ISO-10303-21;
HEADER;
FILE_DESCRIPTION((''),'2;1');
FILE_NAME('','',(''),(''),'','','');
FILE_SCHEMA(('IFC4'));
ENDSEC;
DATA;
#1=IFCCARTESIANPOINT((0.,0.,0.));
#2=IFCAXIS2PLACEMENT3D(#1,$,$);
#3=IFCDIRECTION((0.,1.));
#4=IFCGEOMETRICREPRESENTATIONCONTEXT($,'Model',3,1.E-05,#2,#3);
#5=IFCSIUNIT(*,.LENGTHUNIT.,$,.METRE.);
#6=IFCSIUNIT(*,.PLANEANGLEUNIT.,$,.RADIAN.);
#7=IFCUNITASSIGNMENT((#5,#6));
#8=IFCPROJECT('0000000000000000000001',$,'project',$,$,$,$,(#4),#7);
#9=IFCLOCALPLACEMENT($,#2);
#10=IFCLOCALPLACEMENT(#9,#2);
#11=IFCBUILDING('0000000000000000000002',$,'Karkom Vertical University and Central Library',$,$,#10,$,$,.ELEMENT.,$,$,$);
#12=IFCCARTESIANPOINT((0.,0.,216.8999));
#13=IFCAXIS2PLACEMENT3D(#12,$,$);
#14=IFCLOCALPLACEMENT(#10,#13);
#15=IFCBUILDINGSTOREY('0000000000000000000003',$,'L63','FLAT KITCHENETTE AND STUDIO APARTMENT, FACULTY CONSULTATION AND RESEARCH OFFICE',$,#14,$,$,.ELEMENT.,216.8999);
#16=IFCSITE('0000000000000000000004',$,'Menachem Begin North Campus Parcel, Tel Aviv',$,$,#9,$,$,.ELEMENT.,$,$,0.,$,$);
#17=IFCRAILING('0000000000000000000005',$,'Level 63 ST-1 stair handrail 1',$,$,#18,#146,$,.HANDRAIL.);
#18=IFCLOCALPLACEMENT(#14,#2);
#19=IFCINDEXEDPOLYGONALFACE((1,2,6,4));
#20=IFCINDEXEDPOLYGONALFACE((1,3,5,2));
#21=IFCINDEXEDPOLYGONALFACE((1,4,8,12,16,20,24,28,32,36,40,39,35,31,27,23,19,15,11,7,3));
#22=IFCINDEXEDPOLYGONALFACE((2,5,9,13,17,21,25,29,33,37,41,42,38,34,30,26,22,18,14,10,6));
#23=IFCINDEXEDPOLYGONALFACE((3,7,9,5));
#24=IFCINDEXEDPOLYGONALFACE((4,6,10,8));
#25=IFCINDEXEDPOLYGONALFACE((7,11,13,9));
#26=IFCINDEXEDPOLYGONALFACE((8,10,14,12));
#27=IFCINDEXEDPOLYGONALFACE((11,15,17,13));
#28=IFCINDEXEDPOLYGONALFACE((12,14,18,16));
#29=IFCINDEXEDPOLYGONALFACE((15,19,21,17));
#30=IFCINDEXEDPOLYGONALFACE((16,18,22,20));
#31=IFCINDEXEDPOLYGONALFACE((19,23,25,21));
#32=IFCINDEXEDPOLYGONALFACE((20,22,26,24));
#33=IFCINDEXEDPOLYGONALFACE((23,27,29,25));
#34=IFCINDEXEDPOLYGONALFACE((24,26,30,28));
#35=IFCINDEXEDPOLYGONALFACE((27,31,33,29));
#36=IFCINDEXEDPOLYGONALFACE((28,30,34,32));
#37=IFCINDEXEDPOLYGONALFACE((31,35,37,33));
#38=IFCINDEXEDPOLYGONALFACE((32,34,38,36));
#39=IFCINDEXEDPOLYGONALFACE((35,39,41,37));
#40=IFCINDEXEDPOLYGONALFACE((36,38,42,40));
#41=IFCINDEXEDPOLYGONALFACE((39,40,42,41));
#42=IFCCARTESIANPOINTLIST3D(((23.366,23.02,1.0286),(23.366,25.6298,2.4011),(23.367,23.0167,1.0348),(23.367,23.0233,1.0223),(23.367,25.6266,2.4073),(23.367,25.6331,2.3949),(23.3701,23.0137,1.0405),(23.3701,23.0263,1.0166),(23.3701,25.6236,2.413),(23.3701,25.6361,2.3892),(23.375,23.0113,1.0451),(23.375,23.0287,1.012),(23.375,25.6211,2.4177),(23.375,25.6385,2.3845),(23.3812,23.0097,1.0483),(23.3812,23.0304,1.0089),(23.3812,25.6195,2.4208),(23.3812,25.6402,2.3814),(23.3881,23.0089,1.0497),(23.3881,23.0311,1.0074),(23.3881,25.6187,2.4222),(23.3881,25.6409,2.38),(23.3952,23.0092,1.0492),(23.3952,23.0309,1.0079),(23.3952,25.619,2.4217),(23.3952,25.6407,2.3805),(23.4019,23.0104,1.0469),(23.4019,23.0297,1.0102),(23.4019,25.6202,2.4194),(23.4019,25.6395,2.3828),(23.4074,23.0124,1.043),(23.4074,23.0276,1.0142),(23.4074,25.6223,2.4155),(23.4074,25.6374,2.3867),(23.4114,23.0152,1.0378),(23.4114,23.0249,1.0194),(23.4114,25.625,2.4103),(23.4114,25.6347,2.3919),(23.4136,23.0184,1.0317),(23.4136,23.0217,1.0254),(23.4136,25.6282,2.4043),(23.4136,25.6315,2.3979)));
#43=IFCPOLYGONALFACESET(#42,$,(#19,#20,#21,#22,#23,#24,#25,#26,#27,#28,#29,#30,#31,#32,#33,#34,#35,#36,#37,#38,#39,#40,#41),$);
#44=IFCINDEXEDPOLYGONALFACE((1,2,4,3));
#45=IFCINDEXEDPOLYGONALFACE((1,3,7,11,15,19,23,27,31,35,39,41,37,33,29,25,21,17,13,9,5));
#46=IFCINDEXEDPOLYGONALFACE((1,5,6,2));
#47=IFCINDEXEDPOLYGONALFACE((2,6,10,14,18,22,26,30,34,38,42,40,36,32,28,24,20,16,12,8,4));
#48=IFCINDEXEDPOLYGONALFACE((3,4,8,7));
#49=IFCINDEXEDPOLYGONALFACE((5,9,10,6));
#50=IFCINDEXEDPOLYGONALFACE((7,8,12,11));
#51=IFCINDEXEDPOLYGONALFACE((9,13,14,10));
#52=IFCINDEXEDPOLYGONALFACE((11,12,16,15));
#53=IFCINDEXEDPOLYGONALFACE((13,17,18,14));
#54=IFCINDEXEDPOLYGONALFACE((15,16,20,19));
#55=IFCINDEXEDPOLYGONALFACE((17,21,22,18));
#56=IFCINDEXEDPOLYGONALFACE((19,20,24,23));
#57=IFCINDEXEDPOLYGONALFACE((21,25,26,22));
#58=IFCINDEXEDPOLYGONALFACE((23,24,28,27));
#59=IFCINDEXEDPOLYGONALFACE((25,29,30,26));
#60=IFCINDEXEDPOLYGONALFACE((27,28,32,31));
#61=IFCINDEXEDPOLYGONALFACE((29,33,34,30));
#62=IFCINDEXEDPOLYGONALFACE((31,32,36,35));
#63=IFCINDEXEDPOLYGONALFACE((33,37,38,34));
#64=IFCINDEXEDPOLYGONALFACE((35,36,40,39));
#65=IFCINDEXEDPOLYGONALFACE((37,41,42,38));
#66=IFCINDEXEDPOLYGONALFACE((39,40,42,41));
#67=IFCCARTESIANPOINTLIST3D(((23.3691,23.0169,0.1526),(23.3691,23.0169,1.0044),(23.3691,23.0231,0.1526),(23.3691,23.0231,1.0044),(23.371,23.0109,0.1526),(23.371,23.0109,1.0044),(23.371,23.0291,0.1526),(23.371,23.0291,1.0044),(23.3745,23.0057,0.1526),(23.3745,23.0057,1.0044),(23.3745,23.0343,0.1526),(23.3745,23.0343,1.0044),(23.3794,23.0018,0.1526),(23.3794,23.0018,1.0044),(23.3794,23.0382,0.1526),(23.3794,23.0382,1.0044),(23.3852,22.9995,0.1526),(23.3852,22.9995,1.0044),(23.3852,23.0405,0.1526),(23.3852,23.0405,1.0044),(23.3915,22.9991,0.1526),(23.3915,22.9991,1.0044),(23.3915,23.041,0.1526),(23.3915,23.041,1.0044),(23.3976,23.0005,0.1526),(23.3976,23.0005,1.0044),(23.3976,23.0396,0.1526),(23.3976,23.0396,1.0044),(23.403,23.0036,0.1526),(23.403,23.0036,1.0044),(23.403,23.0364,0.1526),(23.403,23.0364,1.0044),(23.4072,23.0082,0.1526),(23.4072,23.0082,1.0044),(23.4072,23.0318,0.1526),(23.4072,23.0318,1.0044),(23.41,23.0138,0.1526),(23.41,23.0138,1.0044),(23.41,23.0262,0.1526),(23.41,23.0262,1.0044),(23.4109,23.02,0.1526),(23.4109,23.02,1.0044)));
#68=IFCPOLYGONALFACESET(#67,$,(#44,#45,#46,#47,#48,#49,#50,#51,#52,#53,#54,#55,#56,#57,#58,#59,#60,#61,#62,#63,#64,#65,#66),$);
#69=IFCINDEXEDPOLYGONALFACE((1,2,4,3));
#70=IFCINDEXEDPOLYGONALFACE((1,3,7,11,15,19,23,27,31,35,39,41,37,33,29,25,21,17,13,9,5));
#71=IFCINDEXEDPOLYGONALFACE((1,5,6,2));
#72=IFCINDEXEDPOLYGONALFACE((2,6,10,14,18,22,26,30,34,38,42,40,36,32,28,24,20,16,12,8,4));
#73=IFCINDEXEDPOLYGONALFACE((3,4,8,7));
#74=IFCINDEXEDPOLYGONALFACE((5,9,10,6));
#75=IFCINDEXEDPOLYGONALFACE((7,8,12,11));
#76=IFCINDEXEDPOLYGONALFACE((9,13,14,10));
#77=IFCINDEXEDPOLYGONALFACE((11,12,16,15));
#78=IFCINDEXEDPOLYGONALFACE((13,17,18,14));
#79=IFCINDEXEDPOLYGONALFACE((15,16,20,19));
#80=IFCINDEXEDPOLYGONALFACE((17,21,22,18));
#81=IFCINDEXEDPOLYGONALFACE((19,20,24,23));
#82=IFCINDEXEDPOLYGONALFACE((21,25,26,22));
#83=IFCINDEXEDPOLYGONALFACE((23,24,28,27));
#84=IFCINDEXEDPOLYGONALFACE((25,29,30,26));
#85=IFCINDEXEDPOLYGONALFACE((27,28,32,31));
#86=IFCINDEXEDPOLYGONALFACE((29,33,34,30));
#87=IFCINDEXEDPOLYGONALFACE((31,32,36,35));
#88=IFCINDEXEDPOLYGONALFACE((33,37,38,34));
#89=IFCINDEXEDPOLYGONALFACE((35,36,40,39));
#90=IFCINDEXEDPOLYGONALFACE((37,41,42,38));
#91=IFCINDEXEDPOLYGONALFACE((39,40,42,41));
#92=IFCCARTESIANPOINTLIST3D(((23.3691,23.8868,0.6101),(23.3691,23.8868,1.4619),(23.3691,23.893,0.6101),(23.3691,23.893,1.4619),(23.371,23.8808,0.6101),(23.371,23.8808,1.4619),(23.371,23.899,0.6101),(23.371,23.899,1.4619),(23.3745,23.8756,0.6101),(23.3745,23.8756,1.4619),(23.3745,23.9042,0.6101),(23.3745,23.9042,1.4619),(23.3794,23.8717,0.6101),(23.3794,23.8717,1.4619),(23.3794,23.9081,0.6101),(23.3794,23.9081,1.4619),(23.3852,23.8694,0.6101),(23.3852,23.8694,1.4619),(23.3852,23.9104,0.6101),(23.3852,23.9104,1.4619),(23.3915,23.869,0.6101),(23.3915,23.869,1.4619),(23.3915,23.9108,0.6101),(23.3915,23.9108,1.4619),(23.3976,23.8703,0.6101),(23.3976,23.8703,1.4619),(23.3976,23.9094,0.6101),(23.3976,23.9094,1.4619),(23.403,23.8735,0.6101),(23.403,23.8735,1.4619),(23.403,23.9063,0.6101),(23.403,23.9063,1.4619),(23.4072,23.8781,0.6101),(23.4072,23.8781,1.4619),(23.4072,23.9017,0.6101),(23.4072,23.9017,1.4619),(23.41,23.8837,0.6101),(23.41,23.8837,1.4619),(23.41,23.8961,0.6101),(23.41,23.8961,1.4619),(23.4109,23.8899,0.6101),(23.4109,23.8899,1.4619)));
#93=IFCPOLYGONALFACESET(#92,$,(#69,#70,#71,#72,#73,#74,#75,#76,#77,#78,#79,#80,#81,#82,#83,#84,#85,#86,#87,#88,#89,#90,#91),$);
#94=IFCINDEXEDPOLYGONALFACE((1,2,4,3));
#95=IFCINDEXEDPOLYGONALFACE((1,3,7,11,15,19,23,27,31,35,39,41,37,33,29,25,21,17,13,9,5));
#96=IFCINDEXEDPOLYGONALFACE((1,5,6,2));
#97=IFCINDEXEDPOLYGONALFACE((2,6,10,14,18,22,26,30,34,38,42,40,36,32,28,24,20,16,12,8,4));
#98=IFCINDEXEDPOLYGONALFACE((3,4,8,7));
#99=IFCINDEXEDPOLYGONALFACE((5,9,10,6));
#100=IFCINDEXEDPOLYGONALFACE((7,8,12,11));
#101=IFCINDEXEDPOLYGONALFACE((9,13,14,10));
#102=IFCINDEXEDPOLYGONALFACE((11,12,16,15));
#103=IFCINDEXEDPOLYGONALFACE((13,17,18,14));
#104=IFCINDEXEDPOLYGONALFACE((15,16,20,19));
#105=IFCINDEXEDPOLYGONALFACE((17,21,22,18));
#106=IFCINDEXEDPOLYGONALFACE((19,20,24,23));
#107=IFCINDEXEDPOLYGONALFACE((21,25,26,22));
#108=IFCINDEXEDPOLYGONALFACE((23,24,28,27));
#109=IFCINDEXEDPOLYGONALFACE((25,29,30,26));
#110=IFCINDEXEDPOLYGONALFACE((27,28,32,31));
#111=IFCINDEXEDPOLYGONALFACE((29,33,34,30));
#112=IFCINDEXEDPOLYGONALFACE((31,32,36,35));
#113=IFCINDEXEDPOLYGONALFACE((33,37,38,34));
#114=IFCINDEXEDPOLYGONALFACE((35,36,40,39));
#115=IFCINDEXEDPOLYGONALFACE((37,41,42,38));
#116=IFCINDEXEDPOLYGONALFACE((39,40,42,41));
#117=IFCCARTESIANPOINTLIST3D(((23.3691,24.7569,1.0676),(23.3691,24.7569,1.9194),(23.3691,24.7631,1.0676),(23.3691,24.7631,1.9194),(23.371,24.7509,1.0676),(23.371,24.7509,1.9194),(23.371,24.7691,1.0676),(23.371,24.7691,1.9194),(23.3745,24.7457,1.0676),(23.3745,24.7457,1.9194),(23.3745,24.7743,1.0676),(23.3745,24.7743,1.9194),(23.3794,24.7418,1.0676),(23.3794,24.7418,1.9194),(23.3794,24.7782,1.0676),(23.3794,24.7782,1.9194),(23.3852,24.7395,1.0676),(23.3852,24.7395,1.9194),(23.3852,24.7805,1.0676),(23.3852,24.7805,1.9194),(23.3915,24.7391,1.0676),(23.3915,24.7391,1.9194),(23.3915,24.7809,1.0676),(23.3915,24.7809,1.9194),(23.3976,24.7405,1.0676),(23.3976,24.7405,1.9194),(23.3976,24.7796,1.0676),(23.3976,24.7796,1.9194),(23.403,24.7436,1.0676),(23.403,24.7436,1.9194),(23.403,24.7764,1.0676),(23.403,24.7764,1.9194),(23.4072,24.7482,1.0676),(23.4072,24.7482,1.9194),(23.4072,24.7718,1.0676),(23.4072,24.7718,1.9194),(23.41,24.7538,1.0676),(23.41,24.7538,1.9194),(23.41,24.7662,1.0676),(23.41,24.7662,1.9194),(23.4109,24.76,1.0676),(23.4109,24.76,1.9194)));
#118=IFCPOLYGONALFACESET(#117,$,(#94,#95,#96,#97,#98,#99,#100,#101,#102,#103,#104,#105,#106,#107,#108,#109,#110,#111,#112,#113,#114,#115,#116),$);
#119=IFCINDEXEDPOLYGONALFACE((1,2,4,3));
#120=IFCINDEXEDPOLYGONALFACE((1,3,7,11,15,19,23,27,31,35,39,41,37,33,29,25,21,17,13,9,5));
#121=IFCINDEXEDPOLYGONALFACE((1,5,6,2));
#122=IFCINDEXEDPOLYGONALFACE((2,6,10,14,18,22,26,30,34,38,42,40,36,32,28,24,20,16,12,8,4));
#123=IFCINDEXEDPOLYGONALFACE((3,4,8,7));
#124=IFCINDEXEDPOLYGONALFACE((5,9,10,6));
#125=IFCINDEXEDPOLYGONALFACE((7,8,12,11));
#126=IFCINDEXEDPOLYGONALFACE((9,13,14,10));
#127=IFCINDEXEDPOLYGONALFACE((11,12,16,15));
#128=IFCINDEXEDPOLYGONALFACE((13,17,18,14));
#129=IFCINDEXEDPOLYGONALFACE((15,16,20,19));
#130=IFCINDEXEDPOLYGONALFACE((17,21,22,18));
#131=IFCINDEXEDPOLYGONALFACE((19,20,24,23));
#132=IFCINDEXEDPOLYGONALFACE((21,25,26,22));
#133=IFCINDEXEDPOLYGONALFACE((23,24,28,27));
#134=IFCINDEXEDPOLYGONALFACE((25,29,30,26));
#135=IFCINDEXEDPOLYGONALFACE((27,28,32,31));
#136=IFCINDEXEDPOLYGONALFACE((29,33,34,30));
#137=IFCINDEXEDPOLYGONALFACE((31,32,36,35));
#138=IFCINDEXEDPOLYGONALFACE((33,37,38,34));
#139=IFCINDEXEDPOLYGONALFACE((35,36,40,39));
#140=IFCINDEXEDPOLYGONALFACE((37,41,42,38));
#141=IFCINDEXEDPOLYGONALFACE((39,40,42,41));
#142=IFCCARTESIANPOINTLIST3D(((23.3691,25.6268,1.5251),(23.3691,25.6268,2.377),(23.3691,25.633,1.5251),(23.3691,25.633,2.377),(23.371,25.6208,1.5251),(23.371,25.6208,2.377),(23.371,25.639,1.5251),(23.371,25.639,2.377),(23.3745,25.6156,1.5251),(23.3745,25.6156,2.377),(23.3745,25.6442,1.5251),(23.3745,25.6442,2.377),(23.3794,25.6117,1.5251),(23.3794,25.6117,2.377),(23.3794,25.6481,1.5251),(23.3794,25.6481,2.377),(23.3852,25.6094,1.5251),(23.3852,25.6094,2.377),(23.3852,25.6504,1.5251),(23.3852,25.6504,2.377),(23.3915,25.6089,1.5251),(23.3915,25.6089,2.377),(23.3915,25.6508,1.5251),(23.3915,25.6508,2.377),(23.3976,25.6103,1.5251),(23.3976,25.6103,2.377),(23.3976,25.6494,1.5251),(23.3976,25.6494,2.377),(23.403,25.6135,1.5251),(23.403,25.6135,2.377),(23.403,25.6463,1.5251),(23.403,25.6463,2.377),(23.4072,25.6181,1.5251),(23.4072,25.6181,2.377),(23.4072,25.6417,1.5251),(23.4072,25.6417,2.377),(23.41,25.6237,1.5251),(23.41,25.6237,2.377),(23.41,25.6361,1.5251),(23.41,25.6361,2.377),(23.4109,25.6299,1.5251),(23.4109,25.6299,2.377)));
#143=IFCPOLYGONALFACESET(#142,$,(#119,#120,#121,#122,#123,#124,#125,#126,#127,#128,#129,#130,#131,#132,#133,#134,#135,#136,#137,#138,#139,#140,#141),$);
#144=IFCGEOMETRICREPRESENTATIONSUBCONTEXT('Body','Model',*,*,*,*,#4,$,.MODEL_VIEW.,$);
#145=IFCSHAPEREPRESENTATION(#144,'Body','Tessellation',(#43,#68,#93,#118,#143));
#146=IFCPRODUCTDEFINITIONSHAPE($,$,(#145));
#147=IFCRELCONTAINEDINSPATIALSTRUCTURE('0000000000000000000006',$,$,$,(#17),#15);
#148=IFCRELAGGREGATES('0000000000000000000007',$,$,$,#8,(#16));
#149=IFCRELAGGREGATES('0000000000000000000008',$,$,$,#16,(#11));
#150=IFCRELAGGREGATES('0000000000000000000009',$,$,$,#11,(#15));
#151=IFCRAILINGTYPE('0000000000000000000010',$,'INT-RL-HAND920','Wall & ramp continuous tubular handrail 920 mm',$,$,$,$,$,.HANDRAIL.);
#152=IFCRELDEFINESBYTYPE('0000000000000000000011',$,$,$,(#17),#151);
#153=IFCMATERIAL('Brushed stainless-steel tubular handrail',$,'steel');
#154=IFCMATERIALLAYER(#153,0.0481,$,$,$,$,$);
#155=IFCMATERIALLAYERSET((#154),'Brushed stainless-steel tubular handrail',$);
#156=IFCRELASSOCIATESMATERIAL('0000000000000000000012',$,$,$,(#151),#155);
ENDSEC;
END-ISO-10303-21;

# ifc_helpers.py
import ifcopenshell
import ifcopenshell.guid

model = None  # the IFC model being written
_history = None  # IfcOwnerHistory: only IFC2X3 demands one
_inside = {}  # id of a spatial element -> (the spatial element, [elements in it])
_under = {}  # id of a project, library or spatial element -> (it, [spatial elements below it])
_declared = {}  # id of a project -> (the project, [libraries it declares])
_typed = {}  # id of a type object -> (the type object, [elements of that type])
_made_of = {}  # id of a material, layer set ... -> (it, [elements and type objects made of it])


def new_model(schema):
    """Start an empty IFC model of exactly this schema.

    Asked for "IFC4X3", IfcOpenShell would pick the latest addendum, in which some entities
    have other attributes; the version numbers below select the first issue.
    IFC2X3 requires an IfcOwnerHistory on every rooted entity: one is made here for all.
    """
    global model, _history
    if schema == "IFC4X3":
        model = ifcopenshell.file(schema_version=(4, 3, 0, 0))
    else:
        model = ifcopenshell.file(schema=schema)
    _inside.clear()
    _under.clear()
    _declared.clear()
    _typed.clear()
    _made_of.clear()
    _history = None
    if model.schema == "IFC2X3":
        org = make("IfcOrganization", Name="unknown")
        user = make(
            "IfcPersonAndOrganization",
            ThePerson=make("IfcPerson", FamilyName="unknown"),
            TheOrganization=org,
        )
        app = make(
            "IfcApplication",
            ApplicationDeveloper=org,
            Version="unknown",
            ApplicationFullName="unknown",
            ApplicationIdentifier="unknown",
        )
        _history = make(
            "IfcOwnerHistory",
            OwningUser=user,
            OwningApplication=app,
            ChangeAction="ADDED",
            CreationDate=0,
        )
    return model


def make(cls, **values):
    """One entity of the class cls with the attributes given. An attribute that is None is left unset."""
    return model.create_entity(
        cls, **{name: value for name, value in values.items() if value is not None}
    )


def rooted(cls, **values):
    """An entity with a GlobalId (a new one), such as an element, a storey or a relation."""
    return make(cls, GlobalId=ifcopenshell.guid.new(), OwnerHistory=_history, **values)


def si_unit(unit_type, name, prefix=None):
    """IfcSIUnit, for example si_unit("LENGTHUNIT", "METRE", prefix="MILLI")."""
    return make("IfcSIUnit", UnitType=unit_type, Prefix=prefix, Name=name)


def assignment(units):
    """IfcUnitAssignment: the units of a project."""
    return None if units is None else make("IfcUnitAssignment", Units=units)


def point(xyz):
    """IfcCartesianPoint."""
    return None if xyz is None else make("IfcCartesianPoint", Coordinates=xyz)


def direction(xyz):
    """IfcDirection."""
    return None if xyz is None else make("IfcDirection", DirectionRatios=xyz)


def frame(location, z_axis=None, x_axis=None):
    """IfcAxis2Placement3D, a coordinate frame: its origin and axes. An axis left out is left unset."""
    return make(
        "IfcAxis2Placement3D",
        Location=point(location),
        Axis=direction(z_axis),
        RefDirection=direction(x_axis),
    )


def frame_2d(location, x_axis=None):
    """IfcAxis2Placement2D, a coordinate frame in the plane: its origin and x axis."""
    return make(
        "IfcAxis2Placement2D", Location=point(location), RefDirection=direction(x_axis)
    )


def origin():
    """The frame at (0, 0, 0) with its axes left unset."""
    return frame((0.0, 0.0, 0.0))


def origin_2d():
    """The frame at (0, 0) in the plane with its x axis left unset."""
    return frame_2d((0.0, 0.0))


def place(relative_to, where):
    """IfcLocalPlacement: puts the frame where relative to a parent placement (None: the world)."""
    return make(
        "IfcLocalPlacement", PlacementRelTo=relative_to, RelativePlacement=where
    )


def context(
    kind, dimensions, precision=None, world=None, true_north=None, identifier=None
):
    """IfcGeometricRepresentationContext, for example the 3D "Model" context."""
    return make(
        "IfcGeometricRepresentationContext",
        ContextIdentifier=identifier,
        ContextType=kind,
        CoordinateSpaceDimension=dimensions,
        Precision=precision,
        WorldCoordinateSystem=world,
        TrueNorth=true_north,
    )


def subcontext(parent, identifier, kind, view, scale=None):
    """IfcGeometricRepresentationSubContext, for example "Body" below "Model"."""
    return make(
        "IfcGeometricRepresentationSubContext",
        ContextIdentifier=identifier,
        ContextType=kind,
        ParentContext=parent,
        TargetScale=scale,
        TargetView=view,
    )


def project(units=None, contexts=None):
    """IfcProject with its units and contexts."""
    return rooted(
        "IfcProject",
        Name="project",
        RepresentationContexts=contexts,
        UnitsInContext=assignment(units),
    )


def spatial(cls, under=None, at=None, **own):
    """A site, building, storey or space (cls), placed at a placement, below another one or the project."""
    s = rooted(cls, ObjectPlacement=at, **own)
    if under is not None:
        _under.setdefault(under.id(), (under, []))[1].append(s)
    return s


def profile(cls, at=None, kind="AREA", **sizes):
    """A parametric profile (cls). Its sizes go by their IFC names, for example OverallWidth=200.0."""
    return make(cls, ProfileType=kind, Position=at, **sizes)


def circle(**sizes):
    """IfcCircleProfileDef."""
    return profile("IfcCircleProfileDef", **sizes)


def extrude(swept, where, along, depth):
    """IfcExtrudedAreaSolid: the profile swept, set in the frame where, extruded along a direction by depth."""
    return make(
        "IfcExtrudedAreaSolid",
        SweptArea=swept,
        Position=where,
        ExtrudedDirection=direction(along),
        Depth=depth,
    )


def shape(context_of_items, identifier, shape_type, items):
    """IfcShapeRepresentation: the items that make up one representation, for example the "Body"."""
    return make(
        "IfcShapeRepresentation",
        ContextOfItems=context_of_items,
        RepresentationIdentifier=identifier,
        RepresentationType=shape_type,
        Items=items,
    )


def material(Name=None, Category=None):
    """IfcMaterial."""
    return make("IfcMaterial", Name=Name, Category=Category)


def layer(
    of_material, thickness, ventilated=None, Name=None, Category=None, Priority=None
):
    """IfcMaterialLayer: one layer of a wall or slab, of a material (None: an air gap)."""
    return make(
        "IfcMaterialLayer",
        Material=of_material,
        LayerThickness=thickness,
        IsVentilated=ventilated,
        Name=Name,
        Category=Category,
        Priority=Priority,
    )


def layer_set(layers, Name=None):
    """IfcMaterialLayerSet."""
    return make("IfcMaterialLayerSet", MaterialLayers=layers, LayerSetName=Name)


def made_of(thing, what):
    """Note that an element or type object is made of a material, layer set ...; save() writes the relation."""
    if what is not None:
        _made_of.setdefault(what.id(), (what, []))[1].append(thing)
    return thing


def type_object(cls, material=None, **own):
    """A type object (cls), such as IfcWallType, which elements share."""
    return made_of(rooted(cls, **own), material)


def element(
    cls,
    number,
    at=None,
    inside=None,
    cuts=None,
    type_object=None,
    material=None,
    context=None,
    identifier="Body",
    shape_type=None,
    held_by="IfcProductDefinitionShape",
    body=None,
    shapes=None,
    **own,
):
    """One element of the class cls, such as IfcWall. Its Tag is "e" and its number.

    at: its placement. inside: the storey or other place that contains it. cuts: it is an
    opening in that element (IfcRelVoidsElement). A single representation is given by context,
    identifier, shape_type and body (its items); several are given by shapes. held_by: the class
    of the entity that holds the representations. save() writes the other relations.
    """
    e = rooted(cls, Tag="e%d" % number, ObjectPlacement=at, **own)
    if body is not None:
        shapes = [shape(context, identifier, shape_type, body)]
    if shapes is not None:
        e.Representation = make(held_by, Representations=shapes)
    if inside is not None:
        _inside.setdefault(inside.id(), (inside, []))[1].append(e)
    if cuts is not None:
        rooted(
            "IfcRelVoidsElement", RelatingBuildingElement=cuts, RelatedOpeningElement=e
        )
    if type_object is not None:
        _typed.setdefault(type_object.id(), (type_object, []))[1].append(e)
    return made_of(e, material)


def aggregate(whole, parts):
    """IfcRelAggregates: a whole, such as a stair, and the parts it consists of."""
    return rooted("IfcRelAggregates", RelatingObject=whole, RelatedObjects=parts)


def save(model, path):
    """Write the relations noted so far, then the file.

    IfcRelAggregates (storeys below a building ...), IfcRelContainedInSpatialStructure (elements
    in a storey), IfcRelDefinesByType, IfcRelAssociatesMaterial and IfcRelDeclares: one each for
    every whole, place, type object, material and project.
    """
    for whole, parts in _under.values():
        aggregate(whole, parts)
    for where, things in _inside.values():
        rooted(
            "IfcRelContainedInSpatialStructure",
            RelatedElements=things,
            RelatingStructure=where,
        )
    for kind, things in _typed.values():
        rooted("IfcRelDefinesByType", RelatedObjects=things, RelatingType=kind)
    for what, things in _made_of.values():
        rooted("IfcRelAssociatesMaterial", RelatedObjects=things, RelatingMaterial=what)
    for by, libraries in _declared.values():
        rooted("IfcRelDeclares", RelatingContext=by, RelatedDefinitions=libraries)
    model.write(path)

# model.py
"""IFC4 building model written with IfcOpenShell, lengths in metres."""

from ifc_helpers import new_model, si_unit, direction, frame, origin, origin_2d, place, context, subcontext, project, spatial, circle, extrude, material, layer, layer_set, type_object, element, save


model = new_model("IFC4")

# Units and contexts
model_context = context("Model", 3, precision=1e-05, world=origin(), true_north=direction((0.0, 1.0)))
body_context = subcontext(model_context, "Body", "Model", "MODEL_VIEW")
ifc_project = project(units=[si_unit("LENGTHUNIT", "METRE"), si_unit("PLANEANGLEUNIT", "RADIAN")], contexts=[model_context])

# Site, building, storey
site_placement = place(None, origin())
site = spatial("IfcSite", under=ifc_project, at=site_placement, Name="Menachem Begin North Campus Parcel, Tel Aviv", CompositionType="ELEMENT", RefElevation=0.0)
building_placement = place(site_placement, origin())
building = spatial("IfcBuilding", under=site, at=building_placement, Name="Karkom Vertical University and Central Library", CompositionType="ELEMENT")
storey_placement = place(building_placement, frame((0.0, 0.0, 216.8999)))
storey = spatial("IfcBuildingStorey", under=building, at=storey_placement, Name="L63", Description="FLAT KITCHENETTE AND STUDIO APARTMENT, FACULTY CONSULTATION AND RESEARCH OFFICE", CompositionType="ELEMENT", Elevation=216.8999)

# Railing
ifc_material_1 = material(Name="Brushed stainless-steel tubular handrail", Category="steel")
ifc_layer_1 = layer(ifc_material_1, 0.0481)
ifc_layer_set_1 = layer_set([ifc_layer_1], Name="Brushed stainless-steel tubular handrail")
railing_type_1 = type_object("IfcRailingType", Name="INT-RL-HAND920", Description="Wall & ramp continuous tubular handrail 920 mm", PredefinedType="HANDRAIL", material=ifc_layer_set_1)
railing_1_placement = place(storey_placement, frame((23.3899, 23.02, 0.1526)))
element("IfcRailing", 1, at=railing_1_placement, inside=storey, type_object=railing_type_1, Name="Level 63 ST-1 stair handrail 1", PredefinedType="HANDRAIL", context=body_context, shape_type="SweptSolid", body=[
    extrude(circle(Radius=0.0239, at=origin_2d()), frame((0.0, 0.0, 0.876), z_axis=(0.0, 0.885065, 0.465467), x_axis=(-1.0, 0.0, 0.0)), (0.0, 0.0, 1.0), 2.9487),
    extrude(circle(Radius=0.021, at=origin_2d()), origin(), (0.0, 0.0, 1.0), 0.8518),
    extrude(circle(Radius=0.021, at=origin_2d()), frame((0.0, 0.8699, 0.4575)), (0.0, 0.0, 1.0), 0.8518),
    extrude(circle(Radius=0.021, at=origin_2d()), frame((0.0, 1.74, 0.915)), (0.0, 0.0, 1.0), 0.8518),
    extrude(circle(Radius=0.021, at=origin_2d()), frame((0.0, 2.6099, 1.3726)), (0.0, 0.0, 1.0), 0.8518),
])

save(model, "model.ifc")
